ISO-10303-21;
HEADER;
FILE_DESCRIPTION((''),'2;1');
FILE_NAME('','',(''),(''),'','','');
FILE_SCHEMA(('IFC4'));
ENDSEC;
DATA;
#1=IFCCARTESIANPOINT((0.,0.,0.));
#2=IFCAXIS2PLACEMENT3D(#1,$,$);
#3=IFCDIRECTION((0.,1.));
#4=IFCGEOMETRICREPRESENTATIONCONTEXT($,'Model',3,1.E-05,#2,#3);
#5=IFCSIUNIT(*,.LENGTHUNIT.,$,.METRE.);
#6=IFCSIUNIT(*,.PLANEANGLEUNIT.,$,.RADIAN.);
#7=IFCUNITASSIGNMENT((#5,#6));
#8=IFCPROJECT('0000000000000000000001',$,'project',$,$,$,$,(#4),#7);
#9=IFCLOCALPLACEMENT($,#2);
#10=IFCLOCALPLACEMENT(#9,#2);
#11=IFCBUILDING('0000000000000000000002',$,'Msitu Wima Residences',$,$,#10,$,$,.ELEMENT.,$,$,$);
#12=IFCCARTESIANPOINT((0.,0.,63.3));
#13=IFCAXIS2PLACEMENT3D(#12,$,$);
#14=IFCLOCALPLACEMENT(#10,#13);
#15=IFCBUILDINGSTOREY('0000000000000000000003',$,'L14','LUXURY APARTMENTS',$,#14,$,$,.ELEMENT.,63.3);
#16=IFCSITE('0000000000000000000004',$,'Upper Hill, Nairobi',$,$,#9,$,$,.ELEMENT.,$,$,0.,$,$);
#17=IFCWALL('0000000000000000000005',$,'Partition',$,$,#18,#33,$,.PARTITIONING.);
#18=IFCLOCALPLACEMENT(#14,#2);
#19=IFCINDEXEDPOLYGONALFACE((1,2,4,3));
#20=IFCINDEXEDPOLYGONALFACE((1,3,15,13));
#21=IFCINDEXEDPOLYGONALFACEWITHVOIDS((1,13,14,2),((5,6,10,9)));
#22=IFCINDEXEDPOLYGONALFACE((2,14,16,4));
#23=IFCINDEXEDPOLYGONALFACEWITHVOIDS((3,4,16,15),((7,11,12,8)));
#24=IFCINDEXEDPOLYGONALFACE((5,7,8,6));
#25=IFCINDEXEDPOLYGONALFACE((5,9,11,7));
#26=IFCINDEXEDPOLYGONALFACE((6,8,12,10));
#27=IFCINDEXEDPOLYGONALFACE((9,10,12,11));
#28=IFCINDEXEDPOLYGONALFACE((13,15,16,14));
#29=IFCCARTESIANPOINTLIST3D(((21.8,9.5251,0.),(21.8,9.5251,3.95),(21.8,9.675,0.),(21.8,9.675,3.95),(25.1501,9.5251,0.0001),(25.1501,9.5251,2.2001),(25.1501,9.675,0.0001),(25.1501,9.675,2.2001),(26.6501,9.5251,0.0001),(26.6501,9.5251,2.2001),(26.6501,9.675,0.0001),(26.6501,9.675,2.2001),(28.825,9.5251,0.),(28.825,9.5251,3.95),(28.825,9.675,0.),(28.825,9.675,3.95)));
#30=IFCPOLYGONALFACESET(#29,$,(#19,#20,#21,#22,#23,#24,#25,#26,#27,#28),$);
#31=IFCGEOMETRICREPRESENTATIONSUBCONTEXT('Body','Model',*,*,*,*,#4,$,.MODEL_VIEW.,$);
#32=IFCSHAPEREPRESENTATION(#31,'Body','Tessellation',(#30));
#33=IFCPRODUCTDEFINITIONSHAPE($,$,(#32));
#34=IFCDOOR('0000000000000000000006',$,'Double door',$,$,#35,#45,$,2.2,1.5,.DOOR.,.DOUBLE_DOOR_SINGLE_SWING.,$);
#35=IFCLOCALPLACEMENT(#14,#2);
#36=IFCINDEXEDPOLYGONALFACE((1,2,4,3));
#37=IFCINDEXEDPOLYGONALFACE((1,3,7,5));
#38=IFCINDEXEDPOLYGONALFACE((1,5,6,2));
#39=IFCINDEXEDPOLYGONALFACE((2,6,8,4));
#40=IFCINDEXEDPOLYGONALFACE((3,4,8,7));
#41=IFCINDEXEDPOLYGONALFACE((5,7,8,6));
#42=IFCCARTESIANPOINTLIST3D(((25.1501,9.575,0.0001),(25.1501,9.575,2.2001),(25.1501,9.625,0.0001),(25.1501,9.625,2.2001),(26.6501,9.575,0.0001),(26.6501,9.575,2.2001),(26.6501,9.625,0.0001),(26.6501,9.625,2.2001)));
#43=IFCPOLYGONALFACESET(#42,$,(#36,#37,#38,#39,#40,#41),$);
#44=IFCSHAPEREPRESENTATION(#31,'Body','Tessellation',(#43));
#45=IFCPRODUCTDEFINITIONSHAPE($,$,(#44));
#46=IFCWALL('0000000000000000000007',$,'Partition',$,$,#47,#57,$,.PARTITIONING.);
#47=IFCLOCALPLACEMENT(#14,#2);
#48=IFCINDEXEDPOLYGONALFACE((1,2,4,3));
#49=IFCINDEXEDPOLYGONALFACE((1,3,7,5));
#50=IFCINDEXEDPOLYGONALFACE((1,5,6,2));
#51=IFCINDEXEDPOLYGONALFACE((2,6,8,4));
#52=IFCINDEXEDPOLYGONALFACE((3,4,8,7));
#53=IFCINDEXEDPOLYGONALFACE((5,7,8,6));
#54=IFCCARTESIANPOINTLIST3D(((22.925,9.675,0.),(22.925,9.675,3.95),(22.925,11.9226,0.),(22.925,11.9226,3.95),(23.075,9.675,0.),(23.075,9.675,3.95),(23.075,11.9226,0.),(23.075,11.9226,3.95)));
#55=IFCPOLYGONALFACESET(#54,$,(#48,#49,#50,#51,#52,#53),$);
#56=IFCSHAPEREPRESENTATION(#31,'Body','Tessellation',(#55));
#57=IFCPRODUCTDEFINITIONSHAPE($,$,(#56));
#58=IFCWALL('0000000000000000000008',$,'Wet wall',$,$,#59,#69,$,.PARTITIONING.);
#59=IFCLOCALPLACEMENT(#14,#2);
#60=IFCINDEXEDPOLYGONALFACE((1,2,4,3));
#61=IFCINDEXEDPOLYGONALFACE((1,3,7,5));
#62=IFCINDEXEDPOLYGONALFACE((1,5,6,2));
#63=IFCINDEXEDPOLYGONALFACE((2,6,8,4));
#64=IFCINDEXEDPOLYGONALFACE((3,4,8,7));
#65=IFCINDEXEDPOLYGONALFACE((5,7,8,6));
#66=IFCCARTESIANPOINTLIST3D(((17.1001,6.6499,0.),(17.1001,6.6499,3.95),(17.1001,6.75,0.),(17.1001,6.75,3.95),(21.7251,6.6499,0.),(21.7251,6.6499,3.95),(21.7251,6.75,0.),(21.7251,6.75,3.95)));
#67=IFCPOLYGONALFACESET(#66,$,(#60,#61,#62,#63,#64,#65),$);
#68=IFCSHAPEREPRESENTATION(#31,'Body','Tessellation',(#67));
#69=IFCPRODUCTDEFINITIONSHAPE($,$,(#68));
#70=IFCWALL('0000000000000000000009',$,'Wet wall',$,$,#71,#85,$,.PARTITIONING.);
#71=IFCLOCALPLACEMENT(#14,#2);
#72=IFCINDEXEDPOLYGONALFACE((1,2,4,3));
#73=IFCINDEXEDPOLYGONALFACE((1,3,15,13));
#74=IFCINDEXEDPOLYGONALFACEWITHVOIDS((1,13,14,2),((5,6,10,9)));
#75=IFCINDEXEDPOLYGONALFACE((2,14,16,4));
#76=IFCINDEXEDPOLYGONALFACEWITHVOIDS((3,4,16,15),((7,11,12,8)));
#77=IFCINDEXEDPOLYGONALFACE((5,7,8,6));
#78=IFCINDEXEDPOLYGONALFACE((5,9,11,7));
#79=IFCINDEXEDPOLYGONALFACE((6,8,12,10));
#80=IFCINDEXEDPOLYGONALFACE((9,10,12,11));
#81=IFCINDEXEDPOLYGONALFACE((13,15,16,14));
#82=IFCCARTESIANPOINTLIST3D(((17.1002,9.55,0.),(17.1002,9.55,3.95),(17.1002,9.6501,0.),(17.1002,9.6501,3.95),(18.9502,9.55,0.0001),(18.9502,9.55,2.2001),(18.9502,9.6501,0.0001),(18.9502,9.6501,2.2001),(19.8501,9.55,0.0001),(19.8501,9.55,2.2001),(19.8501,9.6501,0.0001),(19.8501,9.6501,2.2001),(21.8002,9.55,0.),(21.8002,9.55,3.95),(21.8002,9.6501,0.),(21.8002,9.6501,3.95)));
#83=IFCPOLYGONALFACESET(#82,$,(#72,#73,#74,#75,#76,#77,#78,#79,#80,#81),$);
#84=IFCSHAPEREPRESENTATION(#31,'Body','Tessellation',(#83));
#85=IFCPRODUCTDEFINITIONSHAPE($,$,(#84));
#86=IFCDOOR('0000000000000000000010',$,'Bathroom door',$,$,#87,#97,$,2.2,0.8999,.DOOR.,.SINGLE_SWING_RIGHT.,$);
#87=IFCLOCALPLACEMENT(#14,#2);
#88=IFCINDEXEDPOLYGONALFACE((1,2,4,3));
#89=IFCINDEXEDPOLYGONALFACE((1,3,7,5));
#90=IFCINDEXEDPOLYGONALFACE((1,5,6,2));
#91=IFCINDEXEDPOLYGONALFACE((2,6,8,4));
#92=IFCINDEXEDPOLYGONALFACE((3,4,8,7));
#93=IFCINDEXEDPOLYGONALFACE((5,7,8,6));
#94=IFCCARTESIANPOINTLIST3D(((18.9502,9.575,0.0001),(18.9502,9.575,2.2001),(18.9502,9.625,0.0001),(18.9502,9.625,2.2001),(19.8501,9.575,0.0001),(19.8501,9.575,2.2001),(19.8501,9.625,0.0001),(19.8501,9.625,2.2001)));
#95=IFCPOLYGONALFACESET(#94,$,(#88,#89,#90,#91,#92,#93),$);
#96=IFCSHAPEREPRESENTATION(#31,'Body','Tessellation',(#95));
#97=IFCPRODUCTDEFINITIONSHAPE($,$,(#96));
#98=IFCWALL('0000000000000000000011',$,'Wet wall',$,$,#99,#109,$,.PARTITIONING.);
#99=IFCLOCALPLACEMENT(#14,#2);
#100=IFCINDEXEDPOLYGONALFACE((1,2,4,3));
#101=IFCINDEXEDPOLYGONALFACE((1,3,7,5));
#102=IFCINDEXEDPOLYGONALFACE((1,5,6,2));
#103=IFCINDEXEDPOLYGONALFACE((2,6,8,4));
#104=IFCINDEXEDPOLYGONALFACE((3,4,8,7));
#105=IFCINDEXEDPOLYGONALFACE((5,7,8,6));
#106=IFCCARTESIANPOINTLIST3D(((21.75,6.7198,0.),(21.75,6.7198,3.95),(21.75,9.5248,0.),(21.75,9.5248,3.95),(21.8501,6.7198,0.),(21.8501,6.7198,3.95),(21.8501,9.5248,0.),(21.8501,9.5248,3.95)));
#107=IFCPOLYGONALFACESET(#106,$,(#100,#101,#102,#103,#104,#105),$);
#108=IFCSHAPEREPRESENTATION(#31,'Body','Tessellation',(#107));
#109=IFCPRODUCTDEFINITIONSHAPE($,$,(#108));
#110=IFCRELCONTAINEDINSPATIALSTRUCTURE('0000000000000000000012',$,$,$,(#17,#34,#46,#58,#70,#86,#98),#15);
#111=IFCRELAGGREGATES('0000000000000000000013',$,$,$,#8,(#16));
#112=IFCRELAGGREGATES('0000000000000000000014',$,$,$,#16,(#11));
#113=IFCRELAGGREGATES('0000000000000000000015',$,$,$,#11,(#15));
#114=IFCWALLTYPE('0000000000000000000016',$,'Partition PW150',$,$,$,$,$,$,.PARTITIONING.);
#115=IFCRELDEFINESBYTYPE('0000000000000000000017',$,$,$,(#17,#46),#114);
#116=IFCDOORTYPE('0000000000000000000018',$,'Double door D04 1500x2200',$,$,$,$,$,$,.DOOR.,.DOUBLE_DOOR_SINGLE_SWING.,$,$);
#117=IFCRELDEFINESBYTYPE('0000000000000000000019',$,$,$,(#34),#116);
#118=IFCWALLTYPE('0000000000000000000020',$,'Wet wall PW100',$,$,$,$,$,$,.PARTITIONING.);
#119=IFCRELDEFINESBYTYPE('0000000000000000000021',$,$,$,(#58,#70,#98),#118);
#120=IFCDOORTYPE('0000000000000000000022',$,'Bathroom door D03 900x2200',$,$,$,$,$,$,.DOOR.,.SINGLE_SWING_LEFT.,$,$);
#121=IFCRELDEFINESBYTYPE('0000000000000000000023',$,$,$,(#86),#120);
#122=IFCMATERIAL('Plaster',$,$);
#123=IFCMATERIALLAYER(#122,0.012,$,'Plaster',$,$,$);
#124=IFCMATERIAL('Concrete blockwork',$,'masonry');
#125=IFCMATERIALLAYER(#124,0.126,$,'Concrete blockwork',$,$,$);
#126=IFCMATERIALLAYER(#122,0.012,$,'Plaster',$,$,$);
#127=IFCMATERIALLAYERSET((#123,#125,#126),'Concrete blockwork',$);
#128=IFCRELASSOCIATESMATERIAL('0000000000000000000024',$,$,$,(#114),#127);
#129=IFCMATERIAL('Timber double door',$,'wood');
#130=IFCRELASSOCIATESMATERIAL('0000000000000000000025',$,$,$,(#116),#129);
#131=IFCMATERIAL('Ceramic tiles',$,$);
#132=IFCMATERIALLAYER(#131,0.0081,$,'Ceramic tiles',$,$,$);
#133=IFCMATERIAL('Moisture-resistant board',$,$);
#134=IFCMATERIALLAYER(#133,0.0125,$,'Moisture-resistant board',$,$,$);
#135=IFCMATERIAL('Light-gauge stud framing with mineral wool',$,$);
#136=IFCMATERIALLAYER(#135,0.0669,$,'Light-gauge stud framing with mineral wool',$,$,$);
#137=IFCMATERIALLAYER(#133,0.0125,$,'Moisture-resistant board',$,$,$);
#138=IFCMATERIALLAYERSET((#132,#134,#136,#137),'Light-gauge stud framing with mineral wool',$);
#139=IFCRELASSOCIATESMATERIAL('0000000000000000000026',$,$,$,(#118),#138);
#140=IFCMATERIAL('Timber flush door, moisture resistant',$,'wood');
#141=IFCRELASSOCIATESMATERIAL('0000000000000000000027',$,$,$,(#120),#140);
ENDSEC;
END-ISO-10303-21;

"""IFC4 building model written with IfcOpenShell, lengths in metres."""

from ifc_helpers import new_model, si_unit, direction, frame, frame_2d, origin, place, context, subcontext, project, spatial, rectangle, extrude, material, layer, layer_set, type_object, element, fill, save


model = new_model("IFC4")

# Units and contexts
model_context = context("Model", 3, precision=1e-05, world=origin(), true_north=direction((0.0, 1.0)))
body_context = subcontext(model_context, "Body", "Model", "MODEL_VIEW")
ifc_project = project(units=[si_unit("LENGTHUNIT", "METRE"), si_unit("PLANEANGLEUNIT", "RADIAN")], contexts=[model_context])

# Site, building, storey
site_placement = place(None, origin())
site = spatial("IfcSite", under=ifc_project, at=site_placement, Name="Upper Hill, Nairobi", CompositionType="ELEMENT", RefElevation=0.0)
building_placement = place(site_placement, origin())
building = spatial("IfcBuilding", under=site, at=building_placement, Name="Msitu Wima Residences", CompositionType="ELEMENT")
storey_placement = place(building_placement, frame((0.0, 0.0, 63.3)))
storey = spatial("IfcBuildingStorey", under=building, at=storey_placement, Name="L14", Description="LUXURY APARTMENTS", CompositionType="ELEMENT", Elevation=63.3)

# Shared definitions
ifc_material_1 = material(Name="Plaster")
ifc_layer_1 = layer(ifc_material_1, 0.012, Name="Plaster")
ifc_material_2 = material(Name="Concrete blockwork", Category="masonry")
ifc_layer_2 = layer(ifc_material_2, 0.126, Name="Concrete blockwork")
ifc_layer_3 = layer(ifc_material_1, 0.012, Name="Plaster")
ifc_layer_set_1 = layer_set([ifc_layer_1, ifc_layer_2, ifc_layer_3], Name="Concrete blockwork")
wall_type_1 = type_object("IfcWallType", Name="Partition PW150", PredefinedType="PARTITIONING", material=ifc_layer_set_1)

# Wall, opening, door
wall_1_placement = place(storey_placement, frame((21.8, 9.6001, 0.0), z_axis=(0.0, 0.0, 1.0), x_axis=(1.0, 0.0, 0.0)))
wall_1 = element("IfcWall", 1, at=wall_1_placement, inside=storey, type_object=wall_type_1, Name="Partition", PredefinedType="PARTITIONING", context=body_context, shape_type="SweptSolid", body=[
    extrude(rectangle(XDim=7.0249, YDim=0.1499, at=frame_2d((3.5125, 0.0))), origin(), (0.0, 0.0, 1.0), 3.95),
])
opening_1_placement = place(wall_1_placement, frame((3.3501, 0.0, 0.0)))
opening_1 = element("IfcOpeningElement", 2, at=opening_1_placement, cuts=wall_1, PredefinedType="OPENING", context=body_context, shape_type="SweptSolid", body=[
    extrude(rectangle(XDim=1.5, YDim=2.2, at=frame_2d((0.75, 1.1001))), frame((0.0, 0.085, 0.0), z_axis=(0.0, -1.0, 0.0), x_axis=(1.0, 0.0, 0.0)), (0.0, 0.0, 1.0), 0.1699),
])
ifc_material_3 = material(Name="Timber double door", Category="wood")
door_type_1 = type_object("IfcDoorType", Name="Double door D04 1500x2200", OperationType="DOUBLE_DOOR_SINGLE_SWING", PredefinedType="DOOR", material=ifc_material_3)
door_1_placement = place(opening_1_placement, origin())
door_1 = element("IfcDoor", 3, at=door_1_placement, inside=storey, type_object=door_type_1, Name="Double door", OperationType="DOUBLE_DOOR_SINGLE_SWING", OverallHeight=2.2, OverallWidth=1.5, PredefinedType="DOOR", context=body_context, shape_type="SweptSolid", body=[
    extrude(rectangle(XDim=1.5, YDim=2.2, at=frame_2d((0.75, 1.1001))), frame((0.0, 0.0249, 0.0), z_axis=(0.0, -1.0, 0.0), x_axis=(1.0, 0.0, 0.0)), (0.0, 0.0, 1.0), 0.05),
])
fill(opening_1, door_1)

# Walls
wall_2_placement = place(storey_placement, frame((23.0, 9.675, 0.0), z_axis=(0.0, 0.0, 1.0), x_axis=(0.0, 1.0, 0.0)))
element("IfcWall", 4, at=wall_2_placement, inside=storey, type_object=wall_type_1, Name="Partition", PredefinedType="PARTITIONING", context=body_context, shape_type="SweptSolid", body=[
    extrude(rectangle(XDim=2.2476, YDim=0.1499, at=frame_2d((1.1238, 0.0))), origin(), (0.0, 0.0, 1.0), 3.95),
])
ifc_material_4 = material(Name="Ceramic tiles")
ifc_layer_4 = layer(ifc_material_4, 0.0081, Name="Ceramic tiles")
ifc_material_5 = material(Name="Moisture-resistant board")
ifc_layer_5 = layer(ifc_material_5, 0.0125, Name="Moisture-resistant board")
ifc_material_6 = material(Name="Light-gauge stud framing with mineral wool")
ifc_layer_6 = layer(ifc_material_6, 0.0669, Name="Light-gauge stud framing with mineral wool")
ifc_layer_7 = layer(ifc_material_5, 0.0125, Name="Moisture-resistant board")
ifc_layer_set_2 = layer_set([ifc_layer_4, ifc_layer_5, ifc_layer_6, ifc_layer_7], Name="Light-gauge stud framing with mineral wool")
wall_type_2 = type_object("IfcWallType", Name="Wet wall PW100", PredefinedType="PARTITIONING", material=ifc_layer_set_2)
wall_3_placement = place(storey_placement, frame((17.1001, 6.7, 0.0), z_axis=(0.0, 0.0, 1.0), x_axis=(1.0, 0.0, 0.0)))
element("IfcWall", 5, at=wall_3_placement, inside=storey, type_object=wall_type_2, Name="Wet wall", PredefinedType="PARTITIONING", context=body_context, shape_type="SweptSolid", body=[
    extrude(rectangle(XDim=4.625, YDim=0.1001, at=frame_2d((2.3125, 0.0))), origin(), (0.0, 0.0, 1.0), 3.95),
])

# Wall, opening, door
wall_4_placement = place(storey_placement, frame((17.1001, 9.6001, 0.0), z_axis=(0.0, 0.0, 1.0), x_axis=(1.0, 0.0, 0.0)))
wall_4 = element("IfcWall", 6, at=wall_4_placement, inside=storey, type_object=wall_type_2, Name="Wet wall", PredefinedType="PARTITIONING", context=body_context, shape_type="SweptSolid", body=[
    extrude(rectangle(XDim=4.7, YDim=0.1001, at=frame_2d((2.3501, 0.0))), origin(), (0.0, 0.0, 1.0), 3.95),
])
opening_2_placement = place(wall_4_placement, frame((1.8501, 0.0, 0.0)))
opening_2 = element("IfcOpeningElement", 7, at=opening_2_placement, cuts=wall_4, PredefinedType="OPENING", context=body_context, shape_type="SweptSolid", body=[
    extrude(rectangle(XDim=0.8999, YDim=2.2, at=frame_2d((0.45, 1.1001))), frame((0.0, 0.0601, 0.0), z_axis=(0.0, -1.0, 0.0), x_axis=(1.0, 0.0, 0.0)), (0.0, 0.0, 1.0), 0.1201),
])
ifc_material_7 = material(Name="Timber flush door, moisture resistant", Category="wood")
door_type_2 = type_object("IfcDoorType", Name="Bathroom door D03 900x2200", OperationType="SINGLE_SWING_LEFT", PredefinedType="DOOR", material=ifc_material_7)
door_2_placement = place(opening_2_placement, origin())
door_2 = element("IfcDoor", 8, at=door_2_placement, inside=storey, type_object=door_type_2, Name="Bathroom door", OperationType="SINGLE_SWING_RIGHT", OverallHeight=2.2, OverallWidth=0.8999, PredefinedType="DOOR", context=body_context, shape_type="SweptSolid", body=[
    extrude(rectangle(XDim=0.8999, YDim=2.2, at=frame_2d((0.45, 1.1001))), frame((0.0, 0.0249, 0.0), z_axis=(0.0, -1.0, 0.0), x_axis=(1.0, 0.0, 0.0)), (0.0, 0.0, 1.0), 0.05),
])
fill(opening_2, door_2)

# Wall
wall_5_placement = place(storey_placement, frame((21.8, 6.72, 0.0), z_axis=(0.0, 0.0, 1.0), x_axis=(0.0, 1.0, 0.0)))
element("IfcWall", 9, at=wall_5_placement, inside=storey, type_object=wall_type_2, Name="Wet wall", PredefinedType="PARTITIONING", context=body_context, shape_type="SweptSolid", body=[
    extrude(rectangle(XDim=2.8049, YDim=0.1001, at=frame_2d((1.4023, 0.0))), origin(), (0.0, 0.0, 1.0), 3.95),
])

save(model, "model.ifc")
